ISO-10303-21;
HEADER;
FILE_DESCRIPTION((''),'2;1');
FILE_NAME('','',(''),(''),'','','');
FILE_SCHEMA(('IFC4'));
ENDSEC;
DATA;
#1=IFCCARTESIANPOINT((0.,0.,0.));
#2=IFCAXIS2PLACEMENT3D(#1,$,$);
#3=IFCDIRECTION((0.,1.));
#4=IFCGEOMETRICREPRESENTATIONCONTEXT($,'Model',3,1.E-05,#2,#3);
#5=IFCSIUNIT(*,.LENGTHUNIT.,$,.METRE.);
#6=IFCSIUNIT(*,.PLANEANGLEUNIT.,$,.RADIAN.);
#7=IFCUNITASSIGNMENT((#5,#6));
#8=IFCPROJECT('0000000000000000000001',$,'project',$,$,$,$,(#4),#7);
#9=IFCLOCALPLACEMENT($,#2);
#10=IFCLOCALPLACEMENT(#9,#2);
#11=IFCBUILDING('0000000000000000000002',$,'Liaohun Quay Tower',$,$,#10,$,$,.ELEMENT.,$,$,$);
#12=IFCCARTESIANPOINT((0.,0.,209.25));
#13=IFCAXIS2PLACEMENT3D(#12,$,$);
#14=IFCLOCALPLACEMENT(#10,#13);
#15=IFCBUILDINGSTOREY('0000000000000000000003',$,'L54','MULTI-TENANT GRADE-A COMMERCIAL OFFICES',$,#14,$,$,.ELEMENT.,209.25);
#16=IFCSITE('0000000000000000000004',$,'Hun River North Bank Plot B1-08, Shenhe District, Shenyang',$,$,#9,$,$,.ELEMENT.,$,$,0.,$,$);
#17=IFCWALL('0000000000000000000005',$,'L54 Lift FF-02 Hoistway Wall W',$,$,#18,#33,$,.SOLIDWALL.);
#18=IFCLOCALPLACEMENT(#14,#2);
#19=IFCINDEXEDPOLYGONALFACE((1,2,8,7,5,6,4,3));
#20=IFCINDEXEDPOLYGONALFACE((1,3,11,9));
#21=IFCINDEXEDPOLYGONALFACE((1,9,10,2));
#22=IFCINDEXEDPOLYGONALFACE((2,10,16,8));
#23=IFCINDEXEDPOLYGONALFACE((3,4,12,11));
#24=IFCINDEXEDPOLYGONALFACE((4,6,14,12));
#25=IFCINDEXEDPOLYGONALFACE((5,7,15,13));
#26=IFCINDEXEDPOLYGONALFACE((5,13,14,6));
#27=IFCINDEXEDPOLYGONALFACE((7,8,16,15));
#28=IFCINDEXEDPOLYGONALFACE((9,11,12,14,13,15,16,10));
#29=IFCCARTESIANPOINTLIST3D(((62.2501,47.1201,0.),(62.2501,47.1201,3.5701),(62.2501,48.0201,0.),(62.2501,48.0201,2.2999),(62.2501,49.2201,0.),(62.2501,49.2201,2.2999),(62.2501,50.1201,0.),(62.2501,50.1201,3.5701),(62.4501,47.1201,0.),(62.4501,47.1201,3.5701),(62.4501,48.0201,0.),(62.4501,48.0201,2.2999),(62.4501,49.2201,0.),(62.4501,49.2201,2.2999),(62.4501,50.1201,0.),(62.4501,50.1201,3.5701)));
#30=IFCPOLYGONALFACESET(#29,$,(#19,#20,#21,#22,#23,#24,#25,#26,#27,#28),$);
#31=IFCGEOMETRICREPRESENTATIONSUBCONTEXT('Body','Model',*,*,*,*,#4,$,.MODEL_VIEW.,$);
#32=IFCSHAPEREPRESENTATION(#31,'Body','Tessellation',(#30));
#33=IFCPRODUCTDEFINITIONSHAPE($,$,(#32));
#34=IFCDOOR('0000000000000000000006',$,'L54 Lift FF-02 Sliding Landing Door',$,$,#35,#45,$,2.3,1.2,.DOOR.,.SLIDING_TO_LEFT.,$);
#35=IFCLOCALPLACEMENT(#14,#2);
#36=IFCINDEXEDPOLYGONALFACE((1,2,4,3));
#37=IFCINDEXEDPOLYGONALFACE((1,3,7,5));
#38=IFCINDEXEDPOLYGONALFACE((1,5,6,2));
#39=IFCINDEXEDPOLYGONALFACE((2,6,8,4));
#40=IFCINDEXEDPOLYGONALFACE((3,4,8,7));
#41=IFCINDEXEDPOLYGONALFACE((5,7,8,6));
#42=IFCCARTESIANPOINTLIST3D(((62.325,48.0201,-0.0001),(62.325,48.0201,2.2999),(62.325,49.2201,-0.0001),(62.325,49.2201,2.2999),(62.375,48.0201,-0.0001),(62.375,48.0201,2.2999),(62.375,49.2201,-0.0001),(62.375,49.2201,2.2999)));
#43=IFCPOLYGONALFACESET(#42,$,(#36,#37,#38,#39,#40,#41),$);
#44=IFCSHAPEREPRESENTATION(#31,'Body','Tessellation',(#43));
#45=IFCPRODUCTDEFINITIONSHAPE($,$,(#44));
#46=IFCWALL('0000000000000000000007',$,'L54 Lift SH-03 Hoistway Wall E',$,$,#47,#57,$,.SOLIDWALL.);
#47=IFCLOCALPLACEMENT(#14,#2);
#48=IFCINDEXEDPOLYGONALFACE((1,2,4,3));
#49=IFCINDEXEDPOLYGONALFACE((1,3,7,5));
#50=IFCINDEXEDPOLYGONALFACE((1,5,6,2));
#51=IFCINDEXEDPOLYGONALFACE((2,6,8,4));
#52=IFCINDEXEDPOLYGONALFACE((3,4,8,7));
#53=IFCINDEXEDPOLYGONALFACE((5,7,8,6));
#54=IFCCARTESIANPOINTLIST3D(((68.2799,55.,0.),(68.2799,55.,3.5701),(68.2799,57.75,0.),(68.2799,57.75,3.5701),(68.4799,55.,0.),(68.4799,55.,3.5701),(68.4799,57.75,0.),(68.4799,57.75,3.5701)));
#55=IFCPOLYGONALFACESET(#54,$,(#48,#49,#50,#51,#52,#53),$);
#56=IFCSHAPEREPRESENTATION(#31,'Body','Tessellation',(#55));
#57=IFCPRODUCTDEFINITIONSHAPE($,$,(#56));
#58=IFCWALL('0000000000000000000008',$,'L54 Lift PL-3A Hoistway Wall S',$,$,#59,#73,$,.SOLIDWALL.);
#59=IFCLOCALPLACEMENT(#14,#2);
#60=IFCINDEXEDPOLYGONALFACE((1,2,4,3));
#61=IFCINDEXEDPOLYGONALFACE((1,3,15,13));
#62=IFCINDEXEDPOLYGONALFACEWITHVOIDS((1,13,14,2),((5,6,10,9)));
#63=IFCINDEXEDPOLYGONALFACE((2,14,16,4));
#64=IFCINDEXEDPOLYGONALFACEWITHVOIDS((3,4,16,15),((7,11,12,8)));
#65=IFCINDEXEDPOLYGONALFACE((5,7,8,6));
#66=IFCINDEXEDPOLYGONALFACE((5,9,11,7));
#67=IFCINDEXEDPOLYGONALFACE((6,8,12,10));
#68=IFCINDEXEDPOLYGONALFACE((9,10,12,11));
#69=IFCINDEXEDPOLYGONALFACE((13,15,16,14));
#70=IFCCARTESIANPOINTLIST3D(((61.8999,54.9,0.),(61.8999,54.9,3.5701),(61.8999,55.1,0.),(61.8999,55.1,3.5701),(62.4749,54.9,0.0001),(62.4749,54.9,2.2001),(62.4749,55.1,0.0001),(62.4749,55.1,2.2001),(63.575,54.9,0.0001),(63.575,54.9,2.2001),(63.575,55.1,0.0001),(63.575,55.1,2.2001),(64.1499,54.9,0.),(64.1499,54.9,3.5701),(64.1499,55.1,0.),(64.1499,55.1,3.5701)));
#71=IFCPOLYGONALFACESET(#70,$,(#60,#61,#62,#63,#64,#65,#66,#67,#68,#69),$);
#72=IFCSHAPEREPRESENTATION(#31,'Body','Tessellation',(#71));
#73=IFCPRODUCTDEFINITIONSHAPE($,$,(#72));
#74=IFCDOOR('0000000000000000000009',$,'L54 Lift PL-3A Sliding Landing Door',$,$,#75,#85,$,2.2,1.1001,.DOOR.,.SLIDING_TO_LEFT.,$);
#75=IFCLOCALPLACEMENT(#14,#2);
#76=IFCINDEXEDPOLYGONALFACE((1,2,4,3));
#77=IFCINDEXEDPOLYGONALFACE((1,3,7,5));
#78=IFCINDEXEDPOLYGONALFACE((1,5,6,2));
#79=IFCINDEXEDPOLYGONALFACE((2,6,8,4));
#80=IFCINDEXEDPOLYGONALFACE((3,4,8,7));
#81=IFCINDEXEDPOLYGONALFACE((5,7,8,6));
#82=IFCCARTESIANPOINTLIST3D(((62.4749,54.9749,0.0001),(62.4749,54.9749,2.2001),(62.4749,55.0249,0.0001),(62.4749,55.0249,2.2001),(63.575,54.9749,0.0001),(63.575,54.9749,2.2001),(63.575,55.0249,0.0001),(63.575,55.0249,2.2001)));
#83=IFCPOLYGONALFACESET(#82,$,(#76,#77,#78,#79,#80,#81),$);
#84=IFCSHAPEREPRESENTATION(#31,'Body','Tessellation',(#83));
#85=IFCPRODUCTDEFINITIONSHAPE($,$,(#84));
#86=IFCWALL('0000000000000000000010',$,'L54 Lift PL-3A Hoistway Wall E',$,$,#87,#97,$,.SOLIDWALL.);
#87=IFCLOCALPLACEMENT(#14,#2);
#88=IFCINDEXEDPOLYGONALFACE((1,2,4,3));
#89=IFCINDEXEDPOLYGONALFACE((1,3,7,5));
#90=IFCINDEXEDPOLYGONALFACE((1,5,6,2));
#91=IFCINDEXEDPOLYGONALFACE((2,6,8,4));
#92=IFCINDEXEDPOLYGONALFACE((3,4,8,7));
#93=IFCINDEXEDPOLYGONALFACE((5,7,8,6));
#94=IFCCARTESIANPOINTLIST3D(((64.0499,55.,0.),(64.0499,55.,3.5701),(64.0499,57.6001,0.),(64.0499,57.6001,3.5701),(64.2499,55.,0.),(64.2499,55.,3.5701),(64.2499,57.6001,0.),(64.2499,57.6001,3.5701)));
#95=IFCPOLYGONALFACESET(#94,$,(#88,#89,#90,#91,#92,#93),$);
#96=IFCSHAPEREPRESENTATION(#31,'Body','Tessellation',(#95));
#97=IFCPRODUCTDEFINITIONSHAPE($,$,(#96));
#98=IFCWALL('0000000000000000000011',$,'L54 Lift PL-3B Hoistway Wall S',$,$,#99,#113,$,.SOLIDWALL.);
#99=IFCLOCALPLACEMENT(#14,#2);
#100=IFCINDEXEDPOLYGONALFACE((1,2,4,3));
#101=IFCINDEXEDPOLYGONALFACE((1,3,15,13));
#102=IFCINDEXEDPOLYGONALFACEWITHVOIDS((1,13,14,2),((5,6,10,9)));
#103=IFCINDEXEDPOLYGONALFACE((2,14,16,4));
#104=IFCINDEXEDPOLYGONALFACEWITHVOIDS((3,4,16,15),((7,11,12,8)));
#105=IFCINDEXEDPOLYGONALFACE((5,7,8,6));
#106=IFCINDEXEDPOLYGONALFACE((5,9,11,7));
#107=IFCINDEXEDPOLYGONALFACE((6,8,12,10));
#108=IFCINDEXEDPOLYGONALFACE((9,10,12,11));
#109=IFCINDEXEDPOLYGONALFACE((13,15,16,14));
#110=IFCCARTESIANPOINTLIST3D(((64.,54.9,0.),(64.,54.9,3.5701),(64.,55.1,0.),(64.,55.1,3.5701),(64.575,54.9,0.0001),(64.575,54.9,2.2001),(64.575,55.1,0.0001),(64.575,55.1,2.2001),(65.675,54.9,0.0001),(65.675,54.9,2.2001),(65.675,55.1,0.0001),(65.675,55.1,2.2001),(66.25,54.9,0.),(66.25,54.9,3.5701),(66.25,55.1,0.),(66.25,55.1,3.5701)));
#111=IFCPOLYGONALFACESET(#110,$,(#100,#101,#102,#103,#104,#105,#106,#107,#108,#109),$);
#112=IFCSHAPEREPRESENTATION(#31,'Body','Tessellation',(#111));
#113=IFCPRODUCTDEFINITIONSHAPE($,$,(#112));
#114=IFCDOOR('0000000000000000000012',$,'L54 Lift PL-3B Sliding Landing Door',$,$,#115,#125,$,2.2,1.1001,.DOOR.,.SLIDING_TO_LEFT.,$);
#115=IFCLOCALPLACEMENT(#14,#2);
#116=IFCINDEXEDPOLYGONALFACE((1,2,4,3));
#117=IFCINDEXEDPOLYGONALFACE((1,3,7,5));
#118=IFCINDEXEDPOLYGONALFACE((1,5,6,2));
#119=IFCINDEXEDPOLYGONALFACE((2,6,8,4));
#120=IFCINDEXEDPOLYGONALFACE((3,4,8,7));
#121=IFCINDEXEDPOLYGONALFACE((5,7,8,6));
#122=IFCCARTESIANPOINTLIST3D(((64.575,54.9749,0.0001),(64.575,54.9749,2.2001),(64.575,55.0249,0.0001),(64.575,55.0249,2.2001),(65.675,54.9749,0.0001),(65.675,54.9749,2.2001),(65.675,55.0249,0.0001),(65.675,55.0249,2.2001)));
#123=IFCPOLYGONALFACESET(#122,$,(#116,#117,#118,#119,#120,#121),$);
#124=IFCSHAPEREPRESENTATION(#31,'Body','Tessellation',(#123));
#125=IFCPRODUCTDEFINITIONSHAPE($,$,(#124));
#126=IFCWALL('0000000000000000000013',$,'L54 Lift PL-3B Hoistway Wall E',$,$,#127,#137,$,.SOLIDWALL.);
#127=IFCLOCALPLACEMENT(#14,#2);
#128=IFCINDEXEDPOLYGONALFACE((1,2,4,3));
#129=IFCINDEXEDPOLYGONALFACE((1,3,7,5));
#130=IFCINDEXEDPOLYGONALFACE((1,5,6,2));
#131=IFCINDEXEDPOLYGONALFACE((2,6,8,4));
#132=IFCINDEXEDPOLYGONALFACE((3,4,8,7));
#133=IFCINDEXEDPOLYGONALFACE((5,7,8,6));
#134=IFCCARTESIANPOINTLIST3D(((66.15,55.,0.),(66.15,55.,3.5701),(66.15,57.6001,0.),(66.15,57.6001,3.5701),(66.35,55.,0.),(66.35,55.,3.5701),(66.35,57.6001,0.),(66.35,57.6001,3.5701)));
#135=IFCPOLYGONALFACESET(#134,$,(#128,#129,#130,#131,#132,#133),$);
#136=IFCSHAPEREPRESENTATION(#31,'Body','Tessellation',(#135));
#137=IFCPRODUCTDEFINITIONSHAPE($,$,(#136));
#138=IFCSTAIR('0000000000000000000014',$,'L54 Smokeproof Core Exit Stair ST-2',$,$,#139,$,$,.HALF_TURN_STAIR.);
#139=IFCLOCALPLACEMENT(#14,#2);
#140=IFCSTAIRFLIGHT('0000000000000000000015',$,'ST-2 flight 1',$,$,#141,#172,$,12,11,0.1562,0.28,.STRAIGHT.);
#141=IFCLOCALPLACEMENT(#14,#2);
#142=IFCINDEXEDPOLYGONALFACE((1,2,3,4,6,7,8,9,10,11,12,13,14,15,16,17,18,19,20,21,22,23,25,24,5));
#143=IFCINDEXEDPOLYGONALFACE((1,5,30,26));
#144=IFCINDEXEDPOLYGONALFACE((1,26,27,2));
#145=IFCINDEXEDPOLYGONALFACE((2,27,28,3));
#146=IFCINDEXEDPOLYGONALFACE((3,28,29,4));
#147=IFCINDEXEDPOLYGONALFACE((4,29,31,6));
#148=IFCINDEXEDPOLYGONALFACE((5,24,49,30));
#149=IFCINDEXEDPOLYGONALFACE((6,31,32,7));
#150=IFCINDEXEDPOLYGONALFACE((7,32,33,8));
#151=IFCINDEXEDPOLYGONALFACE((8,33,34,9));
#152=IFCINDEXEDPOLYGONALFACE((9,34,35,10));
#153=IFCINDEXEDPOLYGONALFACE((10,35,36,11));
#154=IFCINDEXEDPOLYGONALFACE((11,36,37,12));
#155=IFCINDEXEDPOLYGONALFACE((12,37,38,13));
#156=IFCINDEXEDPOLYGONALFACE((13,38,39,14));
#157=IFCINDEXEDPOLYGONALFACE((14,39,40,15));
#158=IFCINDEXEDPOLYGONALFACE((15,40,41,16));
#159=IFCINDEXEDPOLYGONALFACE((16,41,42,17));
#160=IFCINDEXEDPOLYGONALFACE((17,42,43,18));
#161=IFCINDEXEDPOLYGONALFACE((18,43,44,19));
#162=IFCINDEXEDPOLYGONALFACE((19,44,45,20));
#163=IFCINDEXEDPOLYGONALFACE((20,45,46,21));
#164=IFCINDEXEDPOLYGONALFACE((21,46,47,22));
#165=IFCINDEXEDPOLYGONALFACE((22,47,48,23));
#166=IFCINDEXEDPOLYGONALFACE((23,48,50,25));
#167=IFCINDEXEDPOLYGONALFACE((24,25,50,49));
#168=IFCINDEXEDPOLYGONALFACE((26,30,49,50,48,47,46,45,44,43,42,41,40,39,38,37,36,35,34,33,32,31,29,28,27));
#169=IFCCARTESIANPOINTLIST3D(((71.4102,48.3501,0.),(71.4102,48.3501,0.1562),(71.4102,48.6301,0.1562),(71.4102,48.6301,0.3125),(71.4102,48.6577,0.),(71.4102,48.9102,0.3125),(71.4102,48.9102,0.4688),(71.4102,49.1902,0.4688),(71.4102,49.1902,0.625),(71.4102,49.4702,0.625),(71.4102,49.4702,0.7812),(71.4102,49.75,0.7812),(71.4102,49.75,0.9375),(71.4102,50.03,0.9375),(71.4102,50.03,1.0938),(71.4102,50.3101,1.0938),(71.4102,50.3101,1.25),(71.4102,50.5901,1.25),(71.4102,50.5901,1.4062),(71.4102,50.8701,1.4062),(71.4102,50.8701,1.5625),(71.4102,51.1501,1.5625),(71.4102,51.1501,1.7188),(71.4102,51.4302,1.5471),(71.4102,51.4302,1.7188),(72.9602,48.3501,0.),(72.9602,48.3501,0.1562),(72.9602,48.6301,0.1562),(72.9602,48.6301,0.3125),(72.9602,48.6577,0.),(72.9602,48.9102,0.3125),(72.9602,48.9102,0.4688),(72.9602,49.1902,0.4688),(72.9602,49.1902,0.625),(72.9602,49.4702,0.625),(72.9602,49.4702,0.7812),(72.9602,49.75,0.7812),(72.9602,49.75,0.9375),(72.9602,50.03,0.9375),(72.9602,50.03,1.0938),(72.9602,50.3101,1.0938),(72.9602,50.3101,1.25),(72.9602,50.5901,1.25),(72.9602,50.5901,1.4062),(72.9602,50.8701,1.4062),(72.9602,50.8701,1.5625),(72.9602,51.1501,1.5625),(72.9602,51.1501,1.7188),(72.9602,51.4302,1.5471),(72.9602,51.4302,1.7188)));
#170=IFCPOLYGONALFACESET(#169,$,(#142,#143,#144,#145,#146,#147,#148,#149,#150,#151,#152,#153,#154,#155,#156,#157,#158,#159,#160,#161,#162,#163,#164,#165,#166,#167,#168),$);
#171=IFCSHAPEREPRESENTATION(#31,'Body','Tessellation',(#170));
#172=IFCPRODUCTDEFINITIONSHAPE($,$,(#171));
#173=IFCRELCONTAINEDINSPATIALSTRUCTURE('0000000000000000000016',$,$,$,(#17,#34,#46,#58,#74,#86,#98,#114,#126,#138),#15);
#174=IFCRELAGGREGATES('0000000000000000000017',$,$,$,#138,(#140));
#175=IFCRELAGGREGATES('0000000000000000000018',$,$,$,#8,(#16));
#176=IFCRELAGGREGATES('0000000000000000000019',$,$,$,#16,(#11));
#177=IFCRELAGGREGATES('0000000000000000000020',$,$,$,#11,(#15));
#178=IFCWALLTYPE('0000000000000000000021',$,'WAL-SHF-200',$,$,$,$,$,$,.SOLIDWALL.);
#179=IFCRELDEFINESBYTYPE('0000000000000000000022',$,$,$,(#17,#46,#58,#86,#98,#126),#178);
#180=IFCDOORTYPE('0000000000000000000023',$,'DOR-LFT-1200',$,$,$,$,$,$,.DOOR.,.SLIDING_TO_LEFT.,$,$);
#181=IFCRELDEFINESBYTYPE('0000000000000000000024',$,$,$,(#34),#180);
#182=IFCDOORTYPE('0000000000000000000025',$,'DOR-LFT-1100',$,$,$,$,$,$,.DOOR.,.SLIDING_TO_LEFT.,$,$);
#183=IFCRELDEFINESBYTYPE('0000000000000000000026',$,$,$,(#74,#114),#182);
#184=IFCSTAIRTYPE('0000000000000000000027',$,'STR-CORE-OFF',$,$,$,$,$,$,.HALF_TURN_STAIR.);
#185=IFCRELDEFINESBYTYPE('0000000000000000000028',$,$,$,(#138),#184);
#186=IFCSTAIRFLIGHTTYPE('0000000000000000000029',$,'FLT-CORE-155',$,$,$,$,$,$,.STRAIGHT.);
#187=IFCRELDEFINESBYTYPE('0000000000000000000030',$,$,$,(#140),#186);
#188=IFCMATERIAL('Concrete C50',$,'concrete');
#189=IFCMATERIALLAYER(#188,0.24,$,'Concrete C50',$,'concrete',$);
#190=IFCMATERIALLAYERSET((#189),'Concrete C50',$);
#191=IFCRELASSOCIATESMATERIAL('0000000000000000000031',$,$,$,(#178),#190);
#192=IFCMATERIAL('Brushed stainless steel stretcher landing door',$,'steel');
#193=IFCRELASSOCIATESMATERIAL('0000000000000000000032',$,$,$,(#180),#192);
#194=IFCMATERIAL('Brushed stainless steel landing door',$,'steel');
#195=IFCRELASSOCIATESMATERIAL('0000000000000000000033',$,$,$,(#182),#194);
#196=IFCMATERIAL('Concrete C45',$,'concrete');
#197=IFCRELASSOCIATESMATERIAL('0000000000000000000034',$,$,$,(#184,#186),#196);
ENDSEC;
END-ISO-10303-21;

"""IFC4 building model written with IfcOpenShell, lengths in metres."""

from ifc_helpers import new_model, si_unit, direction, frame, frame_2d, origin, place, context, subcontext, project, spatial, polyline, rectangle, outline, extrude, source, transform, mapped, material, layer, layer_set, type_object, element, fill, aggregate, save


model = new_model("IFC4")

# Units and contexts
model_context = context("Model", 3, precision=1e-05, world=origin(), true_north=direction((0.0, 1.0)))
body_context = subcontext(model_context, "Body", "Model", "MODEL_VIEW")
ifc_project = project(units=[si_unit("LENGTHUNIT", "METRE"), si_unit("PLANEANGLEUNIT", "RADIAN")], contexts=[model_context])

# Site, building, storey
site_placement = place(None, origin())
site = spatial("IfcSite", under=ifc_project, at=site_placement, Name="Hun River North Bank Plot B1-08, Shenhe District, Shenyang", CompositionType="ELEMENT", RefElevation=0.0)
building_placement = place(site_placement, origin())
building = spatial("IfcBuilding", under=site, at=building_placement, Name="Liaohun Quay Tower", CompositionType="ELEMENT")
storey_placement = place(building_placement, frame((0.0, 0.0, 209.25)))
storey = spatial("IfcBuildingStorey", under=building, at=storey_placement, Name="L54", Description="MULTI-TENANT GRADE-A COMMERCIAL OFFICES", CompositionType="ELEMENT", Elevation=209.25)

# Shared definitions
ifc_material_1 = material(Name="Concrete C50", Category="concrete")
ifc_layer_1 = layer(ifc_material_1, 0.24, Name="Concrete C50", Category="concrete")
ifc_layer_set_1 = layer_set([ifc_layer_1], Name="Concrete C50")
wall_type_1 = type_object("IfcWallType", Name="WAL-SHF-200", PredefinedType="SOLIDWALL", material=ifc_layer_set_1)

# Wall, opening, door
wall_1_placement = place(storey_placement, frame((62.3501, 50.1201, 0.0), z_axis=(0.0, 0.0, 1.0), x_axis=(0.0, -1.0, 0.0)))
wall_1 = element("IfcWall", 1, at=wall_1_placement, inside=storey, type_object=wall_type_1, Name="L54 Lift FF-02 Hoistway Wall W", PredefinedType="SOLIDWALL", context=body_context, shape_type="SweptSolid", body=[
    extrude(rectangle(XDim=3.0, YDim=0.2, at=frame_2d((1.5, 0.0))), origin(), (0.0, 0.0, 1.0), 3.5701),
])
shared_shape_1 = source(origin(), body_context, "Body", "SweptSolid", [
    extrude(rectangle(XDim=1.2, YDim=2.3, at=frame_2d((0.6001, 1.1499))), frame((0.0, 0.1099, 0.0), z_axis=(0.0, -1.0, 0.0), x_axis=(1.0, 0.0, 0.0)), (0.0, 0.0, 1.0), 0.22),
])
opening_1_placement = place(wall_1_placement, frame((0.8999, 0.0, 0.0)))
opening_1 = element("IfcOpeningElement", 2, at=opening_1_placement, cuts=wall_1, PredefinedType="OPENING", context=body_context, shape_type="MappedRepresentation", body=[
    mapped(shared_shape_1, transform((0.0, 0.0, 0.0), x_axis=(1.0, 0.0, 0.0), y_axis=(0.0, 1.0, 0.0), z_axis=(0.0, 0.0, 1.0), scale=1.0)),
])
ifc_material_2 = material(Name="Brushed stainless steel stretcher landing door", Category="steel")
door_type_1 = type_object("IfcDoorType", Name="DOR-LFT-1200", OperationType="SLIDING_TO_LEFT", PredefinedType="DOOR", material=ifc_material_2)
shared_shape_2 = source(origin(), body_context, "Body", "SweptSolid", [
    extrude(rectangle(XDim=1.2, YDim=2.3, at=frame_2d((0.6001, 1.1499))), frame((0.0, 0.0249, 0.0), z_axis=(0.0, -1.0, 0.0), x_axis=(1.0, 0.0, 0.0)), (0.0, 0.0, 1.0), 0.05),
])
door_1_placement = place(opening_1_placement, origin())
door_1 = element("IfcDoor", 3, at=door_1_placement, inside=storey, type_object=door_type_1, Name="L54 Lift FF-02 Sliding Landing Door", OperationType="SLIDING_TO_LEFT", OverallHeight=2.3, OverallWidth=1.2, PredefinedType="DOOR", context=body_context, shape_type="MappedRepresentation", body=[
    mapped(shared_shape_2, transform((0.0, 0.0, 0.0), x_axis=(1.0, 0.0, 0.0), y_axis=(0.0, 1.0, 0.0), z_axis=(0.0, 0.0, 1.0), scale=1.0)),
])
fill(opening_1, door_1)

# Wall
wall_2_placement = place(storey_placement, frame((68.3799, 55.0, 0.0), z_axis=(0.0, 0.0, 1.0), x_axis=(0.0, 1.0, 0.0)))
element("IfcWall", 4, at=wall_2_placement, inside=storey, type_object=wall_type_1, Name="L54 Lift SH-03 Hoistway Wall E", PredefinedType="SOLIDWALL", context=body_context, shape_type="SweptSolid", body=[
    extrude(rectangle(XDim=2.75, YDim=0.2, at=frame_2d((1.375, 0.0))), origin(), (0.0, 0.0, 1.0), 3.5701),
])

# Wall, opening, door
wall_3_placement = place(storey_placement, frame((61.8999, 55.0, 0.0), z_axis=(0.0, 0.0, 1.0), x_axis=(1.0, 0.0, 0.0)))
wall_3 = element("IfcWall", 5, at=wall_3_placement, inside=storey, type_object=wall_type_1, Name="L54 Lift PL-3A Hoistway Wall S", PredefinedType="SOLIDWALL", context=body_context, shape_type="SweptSolid", body=[
    extrude(rectangle(XDim=2.25, YDim=0.2, at=frame_2d((1.125, 0.0))), origin(), (0.0, 0.0, 1.0), 3.5701),
])
shared_shape_3 = source(origin(), body_context, "Body", "SweptSolid", [
    extrude(rectangle(XDim=1.1001, YDim=2.2, at=frame_2d((0.55, 1.1001))), frame((0.0, 0.1099, 0.0), z_axis=(0.0, -1.0, 0.0), x_axis=(1.0, 0.0, 0.0)), (0.0, 0.0, 1.0), 0.22),
])
opening_2_placement = place(wall_3_placement, frame((0.575, 0.0, 0.0)))
opening_2 = element("IfcOpeningElement", 6, at=opening_2_placement, cuts=wall_3, PredefinedType="OPENING", context=body_context, shape_type="MappedRepresentation", body=[
    mapped(shared_shape_3, transform((0.0, 0.0, 0.0), x_axis=(1.0, 0.0, 0.0), y_axis=(0.0, 1.0, 0.0), z_axis=(0.0, 0.0, 1.0), scale=1.0)),
])
ifc_material_3 = material(Name="Brushed stainless steel landing door", Category="steel")
door_type_2 = type_object("IfcDoorType", Name="DOR-LFT-1100", OperationType="SLIDING_TO_LEFT", PredefinedType="DOOR", material=ifc_material_3)
shared_shape_4 = source(origin(), body_context, "Body", "SweptSolid", [
    extrude(rectangle(XDim=1.1001, YDim=2.2, at=frame_2d((0.55, 1.1001))), frame((0.0, 0.0249, 0.0), z_axis=(0.0, -1.0, 0.0), x_axis=(1.0, 0.0, 0.0)), (0.0, 0.0, 1.0), 0.05),
])
door_2_placement = place(opening_2_placement, origin())
door_2 = element("IfcDoor", 7, at=door_2_placement, inside=storey, type_object=door_type_2, Name="L54 Lift PL-3A Sliding Landing Door", OperationType="SLIDING_TO_LEFT", OverallHeight=2.2, OverallWidth=1.1001, PredefinedType="DOOR", context=body_context, shape_type="MappedRepresentation", body=[
    mapped(shared_shape_4, transform((0.0, 0.0, 0.0), x_axis=(1.0, 0.0, 0.0), y_axis=(0.0, 1.0, 0.0), z_axis=(0.0, 0.0, 1.0), scale=1.0)),
])
fill(opening_2, door_2)

# Wall
wall_4_placement = place(storey_placement, frame((64.1499, 55.0, 0.0), z_axis=(0.0, 0.0, 1.0), x_axis=(0.0, 1.0, 0.0)))
element("IfcWall", 8, at=wall_4_placement, inside=storey, type_object=wall_type_1, Name="L54 Lift PL-3A Hoistway Wall E", PredefinedType="SOLIDWALL", context=body_context, shape_type="SweptSolid", body=[
    extrude(rectangle(XDim=2.6001, YDim=0.2, at=frame_2d((1.3, 0.0))), origin(), (0.0, 0.0, 1.0), 3.5701),
])

# Wall, opening, door
wall_5_placement = place(storey_placement, frame((64.0, 55.0, 0.0), z_axis=(0.0, 0.0, 1.0), x_axis=(1.0, 0.0, 0.0)))
wall_5 = element("IfcWall", 9, at=wall_5_placement, inside=storey, type_object=wall_type_1, Name="L54 Lift PL-3B Hoistway Wall S", PredefinedType="SOLIDWALL", context=body_context, shape_type="SweptSolid", body=[
    extrude(rectangle(XDim=2.25, YDim=0.2, at=frame_2d((1.125, 0.0))), origin(), (0.0, 0.0, 1.0), 3.5701),
])
opening_3_placement = place(wall_5_placement, frame((0.575, 0.0, 0.0)))
opening_3 = element("IfcOpeningElement", 10, at=opening_3_placement, cuts=wall_5, PredefinedType="OPENING", context=body_context, shape_type="MappedRepresentation", body=[
    mapped(shared_shape_3, transform((0.0, 0.0, 0.0), x_axis=(1.0, 0.0, 0.0), y_axis=(0.0, 1.0, 0.0), z_axis=(0.0, 0.0, 1.0), scale=1.0)),
])
door_3_placement = place(opening_3_placement, origin())
door_3 = element("IfcDoor", 11, at=door_3_placement, inside=storey, type_object=door_type_2, Name="L54 Lift PL-3B Sliding Landing Door", OperationType="SLIDING_TO_LEFT", OverallHeight=2.2, OverallWidth=1.1001, PredefinedType="DOOR", context=body_context, shape_type="MappedRepresentation", body=[
    mapped(shared_shape_4, transform((0.0, 0.0, 0.0), x_axis=(1.0, 0.0, 0.0), y_axis=(0.0, 1.0, 0.0), z_axis=(0.0, 0.0, 1.0), scale=1.0)),
])
fill(opening_3, door_3)

# Wall
wall_6_placement = place(storey_placement, frame((66.25, 55.0, 0.0), z_axis=(0.0, 0.0, 1.0), x_axis=(0.0, 1.0, 0.0)))
element("IfcWall", 12, at=wall_6_placement, inside=storey, type_object=wall_type_1, Name="L54 Lift PL-3B Hoistway Wall E", PredefinedType="SOLIDWALL", context=body_context, shape_type="SweptSolid", body=[
    extrude(rectangle(XDim=2.6001, YDim=0.2, at=frame_2d((1.3, 0.0))), origin(), (0.0, 0.0, 1.0), 3.5701),
])

# Stair, stair flight
ifc_material_4 = material(Name="Concrete C45", Category="concrete")
stair_type = type_object("IfcStairType", Name="STR-CORE-OFF", PredefinedType="HALF_TURN_STAIR", material=ifc_material_4)
stair_placement = place(storey_placement, origin())
stair = element("IfcStair", 13, at=stair_placement, inside=storey, type_object=stair_type, Name="L54 Smokeproof Core Exit Stair ST-2", PredefinedType="HALF_TURN_STAIR")
stair_flight_type = type_object("IfcStairFlightType", Name="FLT-CORE-155", PredefinedType="STRAIGHT", material=ifc_material_4)
stair_flight_1_placement = place(storey_placement, frame((72.1851, 48.3501, 0.0), z_axis=(0.0, 0.0, 1.0), x_axis=(0.0, 1.0, 0.0)))
stair_flight_1 = element("IfcStairFlight", 14, at=stair_flight_1_placement, type_object=stair_flight_type, Name="ST-2 flight 1", NumberOfRisers=12, NumberOfTreads=11, PredefinedType="STRAIGHT", RiserHeight=0.1562, TreadLength=0.28, context=body_context, shape_type="SweptSolid", body=[
    extrude(outline(polyline([(0.0, 0.0), (0.0, 0.1562), (0.28, 0.1562), (0.28, 0.3125), (0.5601, 0.3125), (0.5601, 0.4688), (0.8401, 0.4688), (0.8401, 0.625), (1.1201, 0.625), (1.1201, 0.7812), (1.3999, 0.7812), (1.3999, 0.9375), (1.6799, 0.9375), (1.6799, 1.0938), (1.96, 1.0938), (1.96, 1.25), (2.24, 1.25), (2.24, 1.4062), (2.52, 1.4062), (2.52, 1.5625), (2.8, 1.5625), (2.8, 1.7188), (3.0801, 1.7188), (3.0801, 1.875), (3.0801, 1.5471), (0.3076, 0.0), (0.0, 0.0)])), frame((0.0, 0.7749, 0.0), z_axis=(0.0, -1.0, 0.0), x_axis=(1.0, 0.0, 0.0)), (0.0, 0.0, 1.0), 1.55),
])
aggregate(stair, [stair_flight_1])

save(model, "model.ifc")
